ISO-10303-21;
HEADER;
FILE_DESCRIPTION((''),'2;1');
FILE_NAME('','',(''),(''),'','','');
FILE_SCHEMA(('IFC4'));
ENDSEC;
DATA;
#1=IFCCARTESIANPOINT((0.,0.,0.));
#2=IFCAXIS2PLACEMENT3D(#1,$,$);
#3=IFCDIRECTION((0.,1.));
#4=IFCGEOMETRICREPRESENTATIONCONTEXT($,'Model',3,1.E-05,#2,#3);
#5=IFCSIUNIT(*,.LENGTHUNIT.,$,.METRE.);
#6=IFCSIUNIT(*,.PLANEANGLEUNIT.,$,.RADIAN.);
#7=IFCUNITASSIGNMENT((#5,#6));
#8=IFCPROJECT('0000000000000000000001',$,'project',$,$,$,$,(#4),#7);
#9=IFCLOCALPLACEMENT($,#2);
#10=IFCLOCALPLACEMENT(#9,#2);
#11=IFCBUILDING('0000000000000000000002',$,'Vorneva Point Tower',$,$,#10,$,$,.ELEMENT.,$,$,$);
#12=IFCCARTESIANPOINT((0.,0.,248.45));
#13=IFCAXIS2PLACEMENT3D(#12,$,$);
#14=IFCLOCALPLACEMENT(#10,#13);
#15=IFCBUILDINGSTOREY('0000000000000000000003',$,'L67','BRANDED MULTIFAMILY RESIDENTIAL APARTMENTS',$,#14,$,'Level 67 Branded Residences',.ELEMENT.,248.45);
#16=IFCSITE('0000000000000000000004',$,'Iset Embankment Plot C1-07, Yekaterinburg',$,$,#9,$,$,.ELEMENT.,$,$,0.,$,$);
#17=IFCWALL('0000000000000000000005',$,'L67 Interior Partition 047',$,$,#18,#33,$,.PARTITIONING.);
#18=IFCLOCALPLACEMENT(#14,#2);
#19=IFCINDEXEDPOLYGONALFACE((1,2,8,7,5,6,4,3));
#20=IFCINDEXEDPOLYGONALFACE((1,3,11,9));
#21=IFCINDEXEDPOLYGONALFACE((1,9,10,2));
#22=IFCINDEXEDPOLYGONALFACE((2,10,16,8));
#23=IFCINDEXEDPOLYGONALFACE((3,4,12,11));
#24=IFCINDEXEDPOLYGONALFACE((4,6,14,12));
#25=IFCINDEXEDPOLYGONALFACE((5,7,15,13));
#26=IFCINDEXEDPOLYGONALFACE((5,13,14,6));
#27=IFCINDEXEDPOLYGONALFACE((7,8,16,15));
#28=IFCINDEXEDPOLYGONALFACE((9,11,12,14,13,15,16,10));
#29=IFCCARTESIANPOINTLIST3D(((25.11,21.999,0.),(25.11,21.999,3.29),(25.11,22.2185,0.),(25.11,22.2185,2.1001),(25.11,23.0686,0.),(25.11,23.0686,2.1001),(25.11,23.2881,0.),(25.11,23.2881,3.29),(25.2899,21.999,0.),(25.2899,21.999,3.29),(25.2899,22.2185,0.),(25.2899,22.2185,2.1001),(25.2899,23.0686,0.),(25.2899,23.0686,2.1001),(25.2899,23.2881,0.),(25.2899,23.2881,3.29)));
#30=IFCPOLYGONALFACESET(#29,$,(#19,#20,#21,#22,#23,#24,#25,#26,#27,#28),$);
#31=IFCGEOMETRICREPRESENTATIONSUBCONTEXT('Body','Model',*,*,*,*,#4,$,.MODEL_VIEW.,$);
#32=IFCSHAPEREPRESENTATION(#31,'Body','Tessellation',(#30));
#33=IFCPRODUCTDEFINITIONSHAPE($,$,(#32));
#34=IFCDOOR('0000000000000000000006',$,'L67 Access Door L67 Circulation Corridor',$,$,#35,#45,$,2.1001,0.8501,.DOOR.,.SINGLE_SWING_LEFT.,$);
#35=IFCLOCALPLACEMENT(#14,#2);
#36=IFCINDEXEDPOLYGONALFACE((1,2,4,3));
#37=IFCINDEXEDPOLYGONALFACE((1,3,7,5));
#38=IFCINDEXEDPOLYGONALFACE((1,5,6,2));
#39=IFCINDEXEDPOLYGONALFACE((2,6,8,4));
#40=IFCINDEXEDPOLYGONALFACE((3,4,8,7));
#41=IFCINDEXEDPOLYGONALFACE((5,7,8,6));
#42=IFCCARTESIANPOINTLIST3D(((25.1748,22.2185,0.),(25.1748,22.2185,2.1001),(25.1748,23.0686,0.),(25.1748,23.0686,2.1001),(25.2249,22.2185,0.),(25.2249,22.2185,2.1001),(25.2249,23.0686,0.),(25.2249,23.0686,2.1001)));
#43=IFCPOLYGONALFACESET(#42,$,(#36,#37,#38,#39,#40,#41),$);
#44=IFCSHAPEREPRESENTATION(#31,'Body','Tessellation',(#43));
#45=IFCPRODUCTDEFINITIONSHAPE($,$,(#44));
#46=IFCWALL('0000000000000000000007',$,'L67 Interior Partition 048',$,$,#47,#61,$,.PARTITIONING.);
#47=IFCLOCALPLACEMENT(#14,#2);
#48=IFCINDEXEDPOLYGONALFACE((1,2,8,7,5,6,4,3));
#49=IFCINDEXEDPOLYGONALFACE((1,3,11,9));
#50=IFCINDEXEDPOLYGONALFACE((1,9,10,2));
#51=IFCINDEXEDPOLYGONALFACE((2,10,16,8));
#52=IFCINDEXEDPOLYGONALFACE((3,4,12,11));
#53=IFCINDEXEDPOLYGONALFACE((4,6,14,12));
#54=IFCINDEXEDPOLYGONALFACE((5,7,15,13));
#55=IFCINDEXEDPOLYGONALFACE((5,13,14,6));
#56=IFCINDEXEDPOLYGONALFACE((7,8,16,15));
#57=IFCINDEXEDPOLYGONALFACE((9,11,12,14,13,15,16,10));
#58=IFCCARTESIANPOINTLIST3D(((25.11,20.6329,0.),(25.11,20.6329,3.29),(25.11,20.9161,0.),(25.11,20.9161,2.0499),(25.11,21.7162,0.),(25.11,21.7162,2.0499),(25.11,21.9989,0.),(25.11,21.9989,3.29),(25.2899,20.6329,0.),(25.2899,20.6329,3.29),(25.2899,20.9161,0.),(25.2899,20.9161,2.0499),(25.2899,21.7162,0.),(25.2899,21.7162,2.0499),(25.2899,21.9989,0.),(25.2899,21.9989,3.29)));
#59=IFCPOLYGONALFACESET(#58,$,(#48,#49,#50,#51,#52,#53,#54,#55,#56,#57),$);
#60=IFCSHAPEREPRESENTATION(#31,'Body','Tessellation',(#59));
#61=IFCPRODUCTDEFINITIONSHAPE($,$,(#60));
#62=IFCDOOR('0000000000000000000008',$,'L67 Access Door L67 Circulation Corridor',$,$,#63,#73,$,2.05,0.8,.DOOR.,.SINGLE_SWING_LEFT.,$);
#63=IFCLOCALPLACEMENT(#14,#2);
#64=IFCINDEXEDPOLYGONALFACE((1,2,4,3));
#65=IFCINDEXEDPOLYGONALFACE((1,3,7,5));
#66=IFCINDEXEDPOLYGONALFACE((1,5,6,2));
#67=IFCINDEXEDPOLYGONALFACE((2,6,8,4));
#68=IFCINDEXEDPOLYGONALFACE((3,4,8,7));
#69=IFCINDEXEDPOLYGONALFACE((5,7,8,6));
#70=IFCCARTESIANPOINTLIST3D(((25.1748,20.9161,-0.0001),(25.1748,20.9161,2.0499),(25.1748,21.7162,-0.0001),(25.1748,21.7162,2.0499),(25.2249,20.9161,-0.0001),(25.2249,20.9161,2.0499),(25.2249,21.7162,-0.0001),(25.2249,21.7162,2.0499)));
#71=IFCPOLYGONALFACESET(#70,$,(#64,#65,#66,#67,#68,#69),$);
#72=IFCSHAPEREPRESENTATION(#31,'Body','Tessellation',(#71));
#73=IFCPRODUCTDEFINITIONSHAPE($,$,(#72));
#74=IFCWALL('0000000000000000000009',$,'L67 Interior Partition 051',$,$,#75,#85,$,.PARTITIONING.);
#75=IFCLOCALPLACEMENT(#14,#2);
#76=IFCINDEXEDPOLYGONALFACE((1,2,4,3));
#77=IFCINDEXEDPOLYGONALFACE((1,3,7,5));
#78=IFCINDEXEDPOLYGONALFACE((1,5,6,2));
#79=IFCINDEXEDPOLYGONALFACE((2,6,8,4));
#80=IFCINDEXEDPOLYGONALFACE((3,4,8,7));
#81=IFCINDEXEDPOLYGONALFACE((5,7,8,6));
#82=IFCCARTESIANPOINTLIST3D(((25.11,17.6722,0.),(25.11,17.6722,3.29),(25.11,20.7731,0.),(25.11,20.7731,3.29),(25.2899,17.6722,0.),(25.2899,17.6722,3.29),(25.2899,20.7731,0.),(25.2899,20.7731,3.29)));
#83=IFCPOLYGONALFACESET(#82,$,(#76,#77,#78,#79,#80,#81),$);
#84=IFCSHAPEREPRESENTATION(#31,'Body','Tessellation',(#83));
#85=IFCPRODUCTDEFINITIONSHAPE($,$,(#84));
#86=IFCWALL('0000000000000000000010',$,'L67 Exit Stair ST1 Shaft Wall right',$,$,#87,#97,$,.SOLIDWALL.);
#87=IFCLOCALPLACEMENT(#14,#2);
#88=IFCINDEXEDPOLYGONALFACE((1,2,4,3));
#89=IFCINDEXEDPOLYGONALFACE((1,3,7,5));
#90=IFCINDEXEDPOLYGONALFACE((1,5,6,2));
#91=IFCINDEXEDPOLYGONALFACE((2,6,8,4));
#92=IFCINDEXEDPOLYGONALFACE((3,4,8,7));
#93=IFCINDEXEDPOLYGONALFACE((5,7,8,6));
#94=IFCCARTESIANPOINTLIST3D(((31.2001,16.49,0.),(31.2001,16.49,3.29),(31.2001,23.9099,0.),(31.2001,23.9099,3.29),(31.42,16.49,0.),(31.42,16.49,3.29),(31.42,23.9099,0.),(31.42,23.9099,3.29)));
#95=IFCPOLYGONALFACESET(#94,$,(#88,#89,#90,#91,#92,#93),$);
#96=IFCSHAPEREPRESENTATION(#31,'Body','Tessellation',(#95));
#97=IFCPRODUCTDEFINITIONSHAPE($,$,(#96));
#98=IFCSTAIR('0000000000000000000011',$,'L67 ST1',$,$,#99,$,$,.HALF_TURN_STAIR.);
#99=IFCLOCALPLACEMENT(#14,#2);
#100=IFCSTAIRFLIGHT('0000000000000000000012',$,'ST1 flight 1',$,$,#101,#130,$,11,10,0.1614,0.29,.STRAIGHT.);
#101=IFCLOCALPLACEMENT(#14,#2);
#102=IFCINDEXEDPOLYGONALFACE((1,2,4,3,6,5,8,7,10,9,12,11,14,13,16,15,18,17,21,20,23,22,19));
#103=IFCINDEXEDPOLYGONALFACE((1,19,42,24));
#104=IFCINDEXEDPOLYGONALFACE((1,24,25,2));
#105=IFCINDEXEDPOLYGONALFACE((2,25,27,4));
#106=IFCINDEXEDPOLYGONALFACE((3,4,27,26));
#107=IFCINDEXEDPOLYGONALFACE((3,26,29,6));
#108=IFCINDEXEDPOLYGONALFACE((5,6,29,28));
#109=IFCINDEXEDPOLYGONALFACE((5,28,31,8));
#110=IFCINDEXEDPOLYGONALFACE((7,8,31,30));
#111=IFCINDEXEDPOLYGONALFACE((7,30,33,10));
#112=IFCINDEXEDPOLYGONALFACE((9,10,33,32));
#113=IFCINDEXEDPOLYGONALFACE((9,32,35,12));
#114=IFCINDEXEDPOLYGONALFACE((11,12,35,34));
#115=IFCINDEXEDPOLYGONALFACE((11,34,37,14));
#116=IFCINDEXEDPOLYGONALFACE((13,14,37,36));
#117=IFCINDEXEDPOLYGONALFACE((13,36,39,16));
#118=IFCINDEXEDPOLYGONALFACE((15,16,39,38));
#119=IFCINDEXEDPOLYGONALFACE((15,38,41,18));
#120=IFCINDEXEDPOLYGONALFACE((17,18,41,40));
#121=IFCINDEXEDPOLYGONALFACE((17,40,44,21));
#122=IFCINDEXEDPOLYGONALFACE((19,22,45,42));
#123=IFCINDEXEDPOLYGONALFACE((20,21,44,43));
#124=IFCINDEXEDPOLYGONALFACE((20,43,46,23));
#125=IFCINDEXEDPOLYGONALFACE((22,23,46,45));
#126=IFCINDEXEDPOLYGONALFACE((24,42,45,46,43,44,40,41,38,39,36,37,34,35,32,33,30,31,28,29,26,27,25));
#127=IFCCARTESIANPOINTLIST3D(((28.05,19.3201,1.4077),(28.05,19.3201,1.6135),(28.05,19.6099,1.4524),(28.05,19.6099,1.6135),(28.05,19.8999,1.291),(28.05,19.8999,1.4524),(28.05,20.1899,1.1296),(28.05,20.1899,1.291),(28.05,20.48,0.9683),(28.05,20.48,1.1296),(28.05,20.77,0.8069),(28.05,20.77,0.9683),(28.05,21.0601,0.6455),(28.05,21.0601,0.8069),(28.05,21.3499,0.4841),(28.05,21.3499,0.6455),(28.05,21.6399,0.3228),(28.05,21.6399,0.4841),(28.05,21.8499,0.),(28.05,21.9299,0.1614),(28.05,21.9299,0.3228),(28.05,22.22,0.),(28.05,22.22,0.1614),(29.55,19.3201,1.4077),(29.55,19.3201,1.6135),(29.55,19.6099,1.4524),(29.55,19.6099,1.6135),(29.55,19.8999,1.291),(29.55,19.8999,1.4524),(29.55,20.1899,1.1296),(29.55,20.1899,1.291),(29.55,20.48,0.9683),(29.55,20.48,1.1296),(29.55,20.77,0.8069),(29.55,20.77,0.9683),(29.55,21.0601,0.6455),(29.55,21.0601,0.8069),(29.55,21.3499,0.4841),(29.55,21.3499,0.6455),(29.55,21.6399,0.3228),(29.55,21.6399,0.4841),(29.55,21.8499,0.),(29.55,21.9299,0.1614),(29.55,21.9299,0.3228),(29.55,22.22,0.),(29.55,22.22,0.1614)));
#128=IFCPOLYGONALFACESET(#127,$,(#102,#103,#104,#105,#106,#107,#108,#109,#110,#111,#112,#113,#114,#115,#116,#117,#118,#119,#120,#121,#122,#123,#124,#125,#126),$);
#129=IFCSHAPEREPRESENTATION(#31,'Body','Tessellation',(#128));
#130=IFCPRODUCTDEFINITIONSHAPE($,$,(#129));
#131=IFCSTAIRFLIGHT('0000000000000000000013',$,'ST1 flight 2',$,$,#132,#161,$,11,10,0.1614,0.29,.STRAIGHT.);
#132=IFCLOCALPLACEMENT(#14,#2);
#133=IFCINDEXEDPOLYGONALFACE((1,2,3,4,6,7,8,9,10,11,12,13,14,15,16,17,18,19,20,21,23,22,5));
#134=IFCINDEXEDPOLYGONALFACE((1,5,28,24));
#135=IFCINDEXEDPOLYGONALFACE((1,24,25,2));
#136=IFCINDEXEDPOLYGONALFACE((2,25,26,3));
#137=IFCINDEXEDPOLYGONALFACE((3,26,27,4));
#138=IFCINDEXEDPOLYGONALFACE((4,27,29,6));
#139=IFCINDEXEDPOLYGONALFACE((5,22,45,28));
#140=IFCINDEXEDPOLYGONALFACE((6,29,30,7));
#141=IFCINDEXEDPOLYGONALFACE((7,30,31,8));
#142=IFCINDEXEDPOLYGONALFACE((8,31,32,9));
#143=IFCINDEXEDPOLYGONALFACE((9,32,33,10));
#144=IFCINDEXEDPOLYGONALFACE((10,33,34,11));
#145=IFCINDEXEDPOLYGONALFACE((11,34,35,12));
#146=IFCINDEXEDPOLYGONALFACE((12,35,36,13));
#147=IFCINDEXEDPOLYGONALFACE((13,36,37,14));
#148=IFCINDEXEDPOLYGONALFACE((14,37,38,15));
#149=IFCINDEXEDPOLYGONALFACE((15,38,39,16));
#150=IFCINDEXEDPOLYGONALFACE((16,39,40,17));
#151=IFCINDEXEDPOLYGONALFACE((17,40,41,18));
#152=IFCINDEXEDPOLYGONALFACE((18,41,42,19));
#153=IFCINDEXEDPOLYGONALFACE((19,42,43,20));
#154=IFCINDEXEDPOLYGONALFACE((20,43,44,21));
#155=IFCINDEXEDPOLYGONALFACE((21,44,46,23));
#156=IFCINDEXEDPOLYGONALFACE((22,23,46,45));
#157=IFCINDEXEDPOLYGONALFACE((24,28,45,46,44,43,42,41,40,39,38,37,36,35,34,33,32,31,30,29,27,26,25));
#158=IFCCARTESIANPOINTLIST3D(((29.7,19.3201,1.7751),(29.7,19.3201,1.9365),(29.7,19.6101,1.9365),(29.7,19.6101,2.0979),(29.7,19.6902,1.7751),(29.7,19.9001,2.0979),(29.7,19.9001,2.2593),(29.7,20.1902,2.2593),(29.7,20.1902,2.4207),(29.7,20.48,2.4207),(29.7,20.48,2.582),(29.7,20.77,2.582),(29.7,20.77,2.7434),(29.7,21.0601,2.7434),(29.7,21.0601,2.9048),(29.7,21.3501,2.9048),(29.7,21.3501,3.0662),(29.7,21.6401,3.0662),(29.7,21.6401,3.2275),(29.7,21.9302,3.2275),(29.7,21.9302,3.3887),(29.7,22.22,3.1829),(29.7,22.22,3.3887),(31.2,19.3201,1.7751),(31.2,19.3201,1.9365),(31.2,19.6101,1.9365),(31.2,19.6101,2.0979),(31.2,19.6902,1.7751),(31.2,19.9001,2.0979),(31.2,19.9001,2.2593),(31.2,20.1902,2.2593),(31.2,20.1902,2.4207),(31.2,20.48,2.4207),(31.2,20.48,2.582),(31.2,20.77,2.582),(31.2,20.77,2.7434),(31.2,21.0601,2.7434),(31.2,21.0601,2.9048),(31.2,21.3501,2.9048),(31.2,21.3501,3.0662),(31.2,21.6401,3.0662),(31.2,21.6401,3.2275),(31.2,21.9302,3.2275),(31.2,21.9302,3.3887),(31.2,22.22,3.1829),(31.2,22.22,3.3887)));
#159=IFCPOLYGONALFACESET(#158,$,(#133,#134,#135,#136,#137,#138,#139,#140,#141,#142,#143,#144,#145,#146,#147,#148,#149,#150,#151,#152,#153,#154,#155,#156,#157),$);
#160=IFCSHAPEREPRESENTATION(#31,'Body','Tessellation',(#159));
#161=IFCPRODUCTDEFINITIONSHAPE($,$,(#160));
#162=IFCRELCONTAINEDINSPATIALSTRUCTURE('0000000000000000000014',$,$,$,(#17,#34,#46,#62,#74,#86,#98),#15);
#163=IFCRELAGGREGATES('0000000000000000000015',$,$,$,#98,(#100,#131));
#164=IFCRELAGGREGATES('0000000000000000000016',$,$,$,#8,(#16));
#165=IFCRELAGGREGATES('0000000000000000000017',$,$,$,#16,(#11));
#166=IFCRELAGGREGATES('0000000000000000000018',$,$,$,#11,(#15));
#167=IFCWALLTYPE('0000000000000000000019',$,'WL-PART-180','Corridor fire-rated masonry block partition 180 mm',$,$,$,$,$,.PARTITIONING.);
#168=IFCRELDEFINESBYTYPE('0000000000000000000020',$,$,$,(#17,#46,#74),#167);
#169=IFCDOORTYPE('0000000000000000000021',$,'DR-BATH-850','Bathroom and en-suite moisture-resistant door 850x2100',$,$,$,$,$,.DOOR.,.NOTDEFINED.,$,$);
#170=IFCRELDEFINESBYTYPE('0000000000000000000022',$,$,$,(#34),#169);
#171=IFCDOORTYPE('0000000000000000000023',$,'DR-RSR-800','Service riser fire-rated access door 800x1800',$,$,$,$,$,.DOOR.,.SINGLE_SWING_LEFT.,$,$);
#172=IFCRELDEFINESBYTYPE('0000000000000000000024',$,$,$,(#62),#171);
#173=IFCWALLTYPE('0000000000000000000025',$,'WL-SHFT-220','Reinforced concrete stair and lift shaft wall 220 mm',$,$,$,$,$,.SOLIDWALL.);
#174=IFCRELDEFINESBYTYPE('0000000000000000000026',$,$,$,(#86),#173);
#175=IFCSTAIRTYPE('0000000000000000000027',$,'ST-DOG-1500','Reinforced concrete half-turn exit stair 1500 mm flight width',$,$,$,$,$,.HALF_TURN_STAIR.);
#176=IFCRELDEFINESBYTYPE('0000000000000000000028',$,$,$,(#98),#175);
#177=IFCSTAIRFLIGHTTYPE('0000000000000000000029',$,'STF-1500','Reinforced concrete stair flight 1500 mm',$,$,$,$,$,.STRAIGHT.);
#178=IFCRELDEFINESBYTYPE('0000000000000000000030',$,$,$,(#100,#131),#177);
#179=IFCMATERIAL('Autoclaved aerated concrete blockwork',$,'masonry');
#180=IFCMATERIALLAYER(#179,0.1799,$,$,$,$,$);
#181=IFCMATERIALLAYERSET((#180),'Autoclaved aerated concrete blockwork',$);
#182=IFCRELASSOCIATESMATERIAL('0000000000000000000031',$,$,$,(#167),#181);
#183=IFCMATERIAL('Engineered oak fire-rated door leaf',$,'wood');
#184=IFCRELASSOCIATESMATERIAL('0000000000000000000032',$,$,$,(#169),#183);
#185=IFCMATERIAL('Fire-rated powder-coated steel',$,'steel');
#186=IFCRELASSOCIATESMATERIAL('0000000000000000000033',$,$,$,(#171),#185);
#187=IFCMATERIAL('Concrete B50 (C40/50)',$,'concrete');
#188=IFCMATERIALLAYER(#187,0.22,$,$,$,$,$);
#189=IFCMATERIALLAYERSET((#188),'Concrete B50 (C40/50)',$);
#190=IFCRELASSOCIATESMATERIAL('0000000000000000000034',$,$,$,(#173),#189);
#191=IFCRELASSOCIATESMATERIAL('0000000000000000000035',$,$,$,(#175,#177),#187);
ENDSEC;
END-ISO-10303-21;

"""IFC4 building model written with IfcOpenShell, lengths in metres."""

from ifc_helpers import new_model, si_unit, direction, frame, frame_2d, origin, place, context, subcontext, project, spatial, polyline, rectangle, outline, extrude, material, layer, layer_set, type_object, element, fill, aggregate, save


model = new_model("IFC4")

# Units and contexts
model_context = context("Model", 3, precision=1e-05, world=origin(), true_north=direction((0.0, 1.0)))
body_context = subcontext(model_context, "Body", "Model", "MODEL_VIEW")
ifc_project = project(units=[si_unit("LENGTHUNIT", "METRE"), si_unit("PLANEANGLEUNIT", "RADIAN")], contexts=[model_context])

# Site, building, storey
site_placement = place(None, origin())
site = spatial("IfcSite", under=ifc_project, at=site_placement, Name="Iset Embankment Plot C1-07, Yekaterinburg", CompositionType="ELEMENT", RefElevation=0.0)
building_placement = place(site_placement, origin())
building = spatial("IfcBuilding", under=site, at=building_placement, Name="Vorneva Point Tower", CompositionType="ELEMENT")
storey_placement = place(building_placement, frame((0.0, 0.0, 248.45)))
storey = spatial("IfcBuildingStorey", under=building, at=storey_placement, Name="L67", Description="BRANDED MULTIFAMILY RESIDENTIAL APARTMENTS", LongName="Level 67 Branded Residences", CompositionType="ELEMENT", Elevation=248.45)

# Shared definitions
ifc_material_1 = material(Name="Concrete B50 (C40/50)", Category="concrete")

# Shared definitions
ifc_material_2 = material(Name="Autoclaved aerated concrete blockwork", Category="masonry")
ifc_layer_1 = layer(ifc_material_2, 0.1799)
ifc_layer_set_1 = layer_set([ifc_layer_1], Name="Autoclaved aerated concrete blockwork")
wall_type_1 = type_object("IfcWallType", Name="WL-PART-180", Description="Corridor fire-rated masonry block partition 180 mm", PredefinedType="PARTITIONING", material=ifc_layer_set_1)
ifc_material_3 = material(Name="Fire-rated powder-coated steel", Category="steel")
ifc_material_4 = material(Name="Engineered oak fire-rated door leaf", Category="wood")
door_type_1 = type_object("IfcDoorType", Name="DR-BATH-850", Description="Bathroom and en-suite moisture-resistant door 850x2100", OperationType="NOTDEFINED", PredefinedType="DOOR", material=ifc_material_4)

# Walls, openings, doors
door_type_2 = type_object("IfcDoorType", Name="DR-RSR-800", Description="Service riser fire-rated access door 800x1800", OperationType="SINGLE_SWING_LEFT", PredefinedType="DOOR", material=ifc_material_3)
wall_1_placement = place(storey_placement, frame((25.2, 23.2881, 0.0), z_axis=(0.0, 0.0, 1.0), x_axis=(0.0, -1.0, 0.0)))
wall_1 = element("IfcWall", 1, at=wall_1_placement, inside=storey, type_object=wall_type_1, Name="L67 Interior Partition 047", PredefinedType="PARTITIONING", context=body_context, shape_type="SweptSolid", body=[
    extrude(rectangle(XDim=1.2891, YDim=0.1799, at=frame_2d((0.6445, 0.0))), origin(), (0.0, 0.0, 1.0), 3.29),
])
opening_1_placement = place(wall_1_placement, frame((0.2195, 0.0, 0.0)))
opening_1 = element("IfcOpeningElement", 2, at=opening_1_placement, cuts=wall_1, PredefinedType="OPENING", context=body_context, shape_type="SweptSolid", body=[
    extrude(rectangle(XDim=0.8501, YDim=2.1001, at=frame_2d((0.425, 1.05))), frame((0.0, 0.105, 0.0), z_axis=(0.0, -1.0, 0.0), x_axis=(1.0, 0.0, 0.0)), (0.0, 0.0, 1.0), 0.2097),
])
door_1_placement = place(opening_1_placement, origin())
door_1 = element("IfcDoor", 3, at=door_1_placement, inside=storey, type_object=door_type_1, Name="L67 Access Door L67 Circulation Corridor", OperationType="SINGLE_SWING_LEFT", OverallHeight=2.1001, OverallWidth=0.8501, PredefinedType="DOOR", context=body_context, shape_type="SweptSolid", body=[
    extrude(rectangle(XDim=0.8501, YDim=2.1001, at=frame_2d((0.425, 1.05))), frame((0.0, 0.0249, 0.0), z_axis=(0.0, -1.0, 0.0), x_axis=(1.0, 0.0, 0.0)), (0.0, 0.0, 1.0), 0.05),
])
fill(opening_1, door_1)
wall_2_placement = place(storey_placement, frame((25.2, 21.999, 0.0), z_axis=(0.0, 0.0, 1.0), x_axis=(0.0, -1.0, 0.0)))
wall_2 = element("IfcWall", 4, at=wall_2_placement, inside=storey, type_object=wall_type_1, Name="L67 Interior Partition 048", PredefinedType="PARTITIONING", context=body_context, shape_type="SweptSolid", body=[
    extrude(rectangle(XDim=1.366, YDim=0.1799, at=frame_2d((0.6831, 0.0))), origin(), (0.0, 0.0, 1.0), 3.29),
])
opening_2_placement = place(wall_2_placement, frame((0.283, 0.0, 0.0)))
opening_2 = element("IfcOpeningElement", 5, at=opening_2_placement, cuts=wall_2, PredefinedType="OPENING", context=body_context, shape_type="SweptSolid", body=[
    extrude(rectangle(XDim=0.8, YDim=2.05, at=frame_2d((0.3999, 1.0249))), frame((0.0, 0.105, 0.0), z_axis=(0.0, -1.0, 0.0), x_axis=(1.0, 0.0, 0.0)), (0.0, 0.0, 1.0), 0.2097),
])
door_2_placement = place(opening_2_placement, origin())
door_2 = element("IfcDoor", 6, at=door_2_placement, inside=storey, type_object=door_type_2, Name="L67 Access Door L67 Circulation Corridor", OperationType="SINGLE_SWING_LEFT", OverallHeight=2.05, OverallWidth=0.8, PredefinedType="DOOR", context=body_context, shape_type="SweptSolid", body=[
    extrude(rectangle(XDim=0.8, YDim=2.05, at=frame_2d((0.3999, 1.0249))), frame((0.0, 0.0249, 0.0), z_axis=(0.0, -1.0, 0.0), x_axis=(1.0, 0.0, 0.0)), (0.0, 0.0, 1.0), 0.05),
])
fill(opening_2, door_2)

# Wall
wall_3_placement = place(storey_placement, frame((25.2, 20.7729, 0.0), z_axis=(0.0, 0.0, 1.0), x_axis=(0.0, -1.0, 0.0)))
element("IfcWall", 7, at=wall_3_placement, inside=storey, type_object=wall_type_1, Name="L67 Interior Partition 051", PredefinedType="PARTITIONING", context=body_context, shape_type="SweptSolid", body=[
    extrude(rectangle(XDim=3.1008, YDim=0.1799, at=frame_2d((1.5503, 0.0))), origin(), (0.0, 0.0, 1.0), 3.29),
])

# Shared definitions
ifc_layer_2 = layer(ifc_material_1, 0.22)
ifc_layer_set_2 = layer_set([ifc_layer_2], Name="Concrete B50 (C40/50)")
wall_type_2 = type_object("IfcWallType", Name="WL-SHFT-220", Description="Reinforced concrete stair and lift shaft wall 220 mm", PredefinedType="SOLIDWALL", material=ifc_layer_set_2)

# Wall
wall_4_placement = place(storey_placement, frame((31.3101, 23.9099, 0.0), z_axis=(0.0, 0.0, 1.0), x_axis=(0.0, -1.0, 0.0)))
element("IfcWall", 8, at=wall_4_placement, inside=storey, type_object=wall_type_2, Name="L67 Exit Stair ST1 Shaft Wall right", PredefinedType="SOLIDWALL", context=body_context, shape_type="SweptSolid", body=[
    extrude(rectangle(XDim=7.4199, YDim=0.22, at=frame_2d((3.71, 0.0))), origin(), (0.0, 0.0, 1.0), 3.29),
])

# Stair, stair flights
stair_type = type_object("IfcStairType", Name="ST-DOG-1500", Description="Reinforced concrete half-turn exit stair 1500 mm flight width", PredefinedType="HALF_TURN_STAIR", material=ifc_material_1)
stair_placement = place(storey_placement, origin())
stair = element("IfcStair", 9, at=stair_placement, inside=storey, type_object=stair_type, Name="L67 ST1", PredefinedType="HALF_TURN_STAIR")
stair_flight_type = type_object("IfcStairFlightType", Name="STF-1500", Description="Reinforced concrete stair flight 1500 mm", PredefinedType="STRAIGHT", material=ifc_material_1)
stair_flight_1_placement = place(storey_placement, frame((28.8, 22.22, 0.0), z_axis=(0.0, 0.0, 1.0), x_axis=(0.0, -1.0, 0.0)))
stair_flight_1 = element("IfcStairFlight", 10, at=stair_flight_1_placement, type_object=stair_flight_type, Name="ST1 flight 1", NumberOfRisers=11, NumberOfTreads=10, PredefinedType="STRAIGHT", RiserHeight=0.1614, TreadLength=0.29, context=body_context, shape_type="SweptSolid", body=[
    extrude(outline(polyline([(0.0, 0.0), (0.0, 0.1614), (0.29, 0.1614), (0.29, 0.3228), (0.5801, 0.3228), (0.5801, 0.4841), (0.8701, 0.4841), (0.8701, 0.6455), (1.1599, 0.6455), (1.1599, 0.8069), (1.45, 0.8069), (1.45, 0.9683), (1.74, 0.9683), (1.74, 1.1296), (2.03, 1.1296), (2.03, 1.291), (2.3201, 1.291), (2.3201, 1.4524), (2.6101, 1.4524), (2.6101, 1.6135), (2.8999, 1.6135), (2.8999, 1.7749), (2.8999, 1.4077), (0.3701, 0.0), (0.0, 0.0)])), frame((0.0, 0.75, 0.0), z_axis=(0.0, -1.0, 0.0), x_axis=(1.0, 0.0, 0.0)), (0.0, 0.0, 1.0), 1.5),
])
stair_flight_2_placement = place(storey_placement, frame((30.45, 19.3201, 1.7751), z_axis=(0.0, 0.0, 1.0), x_axis=(0.0, 1.0, 0.0)))
stair_flight_2 = element("IfcStairFlight", 11, at=stair_flight_2_placement, type_object=stair_flight_type, Name="ST1 flight 2", NumberOfRisers=11, NumberOfTreads=10, PredefinedType="STRAIGHT", RiserHeight=0.1614, TreadLength=0.29, context=body_context, shape_type="SweptSolid", body=[
    extrude(outline(polyline([(0.0, 0.0), (0.0, 0.1614), (0.29, 0.1614), (0.29, 0.3228), (0.5801, 0.3228), (0.5801, 0.4841), (0.8701, 0.4841), (0.8701, 0.6455), (1.1599, 0.6455), (1.1599, 0.8069), (1.45, 0.8069), (1.45, 0.9683), (1.74, 0.9683), (1.74, 1.1296), (2.03, 1.1296), (2.03, 1.291), (2.3201, 1.291), (2.3201, 1.4524), (2.6101, 1.4524), (2.6101, 1.6135), (2.8999, 1.6135), (2.8999, 1.7749), (2.8999, 1.4077), (0.3701, 0.0), (0.0, 0.0)])), frame((0.0, 0.75, 0.0), z_axis=(0.0, -1.0, 0.0), x_axis=(1.0, 0.0, 0.0)), (0.0, 0.0, 1.0), 1.5),
])
aggregate(stair, [stair_flight_1, stair_flight_2])

save(model, "model.ifc")
